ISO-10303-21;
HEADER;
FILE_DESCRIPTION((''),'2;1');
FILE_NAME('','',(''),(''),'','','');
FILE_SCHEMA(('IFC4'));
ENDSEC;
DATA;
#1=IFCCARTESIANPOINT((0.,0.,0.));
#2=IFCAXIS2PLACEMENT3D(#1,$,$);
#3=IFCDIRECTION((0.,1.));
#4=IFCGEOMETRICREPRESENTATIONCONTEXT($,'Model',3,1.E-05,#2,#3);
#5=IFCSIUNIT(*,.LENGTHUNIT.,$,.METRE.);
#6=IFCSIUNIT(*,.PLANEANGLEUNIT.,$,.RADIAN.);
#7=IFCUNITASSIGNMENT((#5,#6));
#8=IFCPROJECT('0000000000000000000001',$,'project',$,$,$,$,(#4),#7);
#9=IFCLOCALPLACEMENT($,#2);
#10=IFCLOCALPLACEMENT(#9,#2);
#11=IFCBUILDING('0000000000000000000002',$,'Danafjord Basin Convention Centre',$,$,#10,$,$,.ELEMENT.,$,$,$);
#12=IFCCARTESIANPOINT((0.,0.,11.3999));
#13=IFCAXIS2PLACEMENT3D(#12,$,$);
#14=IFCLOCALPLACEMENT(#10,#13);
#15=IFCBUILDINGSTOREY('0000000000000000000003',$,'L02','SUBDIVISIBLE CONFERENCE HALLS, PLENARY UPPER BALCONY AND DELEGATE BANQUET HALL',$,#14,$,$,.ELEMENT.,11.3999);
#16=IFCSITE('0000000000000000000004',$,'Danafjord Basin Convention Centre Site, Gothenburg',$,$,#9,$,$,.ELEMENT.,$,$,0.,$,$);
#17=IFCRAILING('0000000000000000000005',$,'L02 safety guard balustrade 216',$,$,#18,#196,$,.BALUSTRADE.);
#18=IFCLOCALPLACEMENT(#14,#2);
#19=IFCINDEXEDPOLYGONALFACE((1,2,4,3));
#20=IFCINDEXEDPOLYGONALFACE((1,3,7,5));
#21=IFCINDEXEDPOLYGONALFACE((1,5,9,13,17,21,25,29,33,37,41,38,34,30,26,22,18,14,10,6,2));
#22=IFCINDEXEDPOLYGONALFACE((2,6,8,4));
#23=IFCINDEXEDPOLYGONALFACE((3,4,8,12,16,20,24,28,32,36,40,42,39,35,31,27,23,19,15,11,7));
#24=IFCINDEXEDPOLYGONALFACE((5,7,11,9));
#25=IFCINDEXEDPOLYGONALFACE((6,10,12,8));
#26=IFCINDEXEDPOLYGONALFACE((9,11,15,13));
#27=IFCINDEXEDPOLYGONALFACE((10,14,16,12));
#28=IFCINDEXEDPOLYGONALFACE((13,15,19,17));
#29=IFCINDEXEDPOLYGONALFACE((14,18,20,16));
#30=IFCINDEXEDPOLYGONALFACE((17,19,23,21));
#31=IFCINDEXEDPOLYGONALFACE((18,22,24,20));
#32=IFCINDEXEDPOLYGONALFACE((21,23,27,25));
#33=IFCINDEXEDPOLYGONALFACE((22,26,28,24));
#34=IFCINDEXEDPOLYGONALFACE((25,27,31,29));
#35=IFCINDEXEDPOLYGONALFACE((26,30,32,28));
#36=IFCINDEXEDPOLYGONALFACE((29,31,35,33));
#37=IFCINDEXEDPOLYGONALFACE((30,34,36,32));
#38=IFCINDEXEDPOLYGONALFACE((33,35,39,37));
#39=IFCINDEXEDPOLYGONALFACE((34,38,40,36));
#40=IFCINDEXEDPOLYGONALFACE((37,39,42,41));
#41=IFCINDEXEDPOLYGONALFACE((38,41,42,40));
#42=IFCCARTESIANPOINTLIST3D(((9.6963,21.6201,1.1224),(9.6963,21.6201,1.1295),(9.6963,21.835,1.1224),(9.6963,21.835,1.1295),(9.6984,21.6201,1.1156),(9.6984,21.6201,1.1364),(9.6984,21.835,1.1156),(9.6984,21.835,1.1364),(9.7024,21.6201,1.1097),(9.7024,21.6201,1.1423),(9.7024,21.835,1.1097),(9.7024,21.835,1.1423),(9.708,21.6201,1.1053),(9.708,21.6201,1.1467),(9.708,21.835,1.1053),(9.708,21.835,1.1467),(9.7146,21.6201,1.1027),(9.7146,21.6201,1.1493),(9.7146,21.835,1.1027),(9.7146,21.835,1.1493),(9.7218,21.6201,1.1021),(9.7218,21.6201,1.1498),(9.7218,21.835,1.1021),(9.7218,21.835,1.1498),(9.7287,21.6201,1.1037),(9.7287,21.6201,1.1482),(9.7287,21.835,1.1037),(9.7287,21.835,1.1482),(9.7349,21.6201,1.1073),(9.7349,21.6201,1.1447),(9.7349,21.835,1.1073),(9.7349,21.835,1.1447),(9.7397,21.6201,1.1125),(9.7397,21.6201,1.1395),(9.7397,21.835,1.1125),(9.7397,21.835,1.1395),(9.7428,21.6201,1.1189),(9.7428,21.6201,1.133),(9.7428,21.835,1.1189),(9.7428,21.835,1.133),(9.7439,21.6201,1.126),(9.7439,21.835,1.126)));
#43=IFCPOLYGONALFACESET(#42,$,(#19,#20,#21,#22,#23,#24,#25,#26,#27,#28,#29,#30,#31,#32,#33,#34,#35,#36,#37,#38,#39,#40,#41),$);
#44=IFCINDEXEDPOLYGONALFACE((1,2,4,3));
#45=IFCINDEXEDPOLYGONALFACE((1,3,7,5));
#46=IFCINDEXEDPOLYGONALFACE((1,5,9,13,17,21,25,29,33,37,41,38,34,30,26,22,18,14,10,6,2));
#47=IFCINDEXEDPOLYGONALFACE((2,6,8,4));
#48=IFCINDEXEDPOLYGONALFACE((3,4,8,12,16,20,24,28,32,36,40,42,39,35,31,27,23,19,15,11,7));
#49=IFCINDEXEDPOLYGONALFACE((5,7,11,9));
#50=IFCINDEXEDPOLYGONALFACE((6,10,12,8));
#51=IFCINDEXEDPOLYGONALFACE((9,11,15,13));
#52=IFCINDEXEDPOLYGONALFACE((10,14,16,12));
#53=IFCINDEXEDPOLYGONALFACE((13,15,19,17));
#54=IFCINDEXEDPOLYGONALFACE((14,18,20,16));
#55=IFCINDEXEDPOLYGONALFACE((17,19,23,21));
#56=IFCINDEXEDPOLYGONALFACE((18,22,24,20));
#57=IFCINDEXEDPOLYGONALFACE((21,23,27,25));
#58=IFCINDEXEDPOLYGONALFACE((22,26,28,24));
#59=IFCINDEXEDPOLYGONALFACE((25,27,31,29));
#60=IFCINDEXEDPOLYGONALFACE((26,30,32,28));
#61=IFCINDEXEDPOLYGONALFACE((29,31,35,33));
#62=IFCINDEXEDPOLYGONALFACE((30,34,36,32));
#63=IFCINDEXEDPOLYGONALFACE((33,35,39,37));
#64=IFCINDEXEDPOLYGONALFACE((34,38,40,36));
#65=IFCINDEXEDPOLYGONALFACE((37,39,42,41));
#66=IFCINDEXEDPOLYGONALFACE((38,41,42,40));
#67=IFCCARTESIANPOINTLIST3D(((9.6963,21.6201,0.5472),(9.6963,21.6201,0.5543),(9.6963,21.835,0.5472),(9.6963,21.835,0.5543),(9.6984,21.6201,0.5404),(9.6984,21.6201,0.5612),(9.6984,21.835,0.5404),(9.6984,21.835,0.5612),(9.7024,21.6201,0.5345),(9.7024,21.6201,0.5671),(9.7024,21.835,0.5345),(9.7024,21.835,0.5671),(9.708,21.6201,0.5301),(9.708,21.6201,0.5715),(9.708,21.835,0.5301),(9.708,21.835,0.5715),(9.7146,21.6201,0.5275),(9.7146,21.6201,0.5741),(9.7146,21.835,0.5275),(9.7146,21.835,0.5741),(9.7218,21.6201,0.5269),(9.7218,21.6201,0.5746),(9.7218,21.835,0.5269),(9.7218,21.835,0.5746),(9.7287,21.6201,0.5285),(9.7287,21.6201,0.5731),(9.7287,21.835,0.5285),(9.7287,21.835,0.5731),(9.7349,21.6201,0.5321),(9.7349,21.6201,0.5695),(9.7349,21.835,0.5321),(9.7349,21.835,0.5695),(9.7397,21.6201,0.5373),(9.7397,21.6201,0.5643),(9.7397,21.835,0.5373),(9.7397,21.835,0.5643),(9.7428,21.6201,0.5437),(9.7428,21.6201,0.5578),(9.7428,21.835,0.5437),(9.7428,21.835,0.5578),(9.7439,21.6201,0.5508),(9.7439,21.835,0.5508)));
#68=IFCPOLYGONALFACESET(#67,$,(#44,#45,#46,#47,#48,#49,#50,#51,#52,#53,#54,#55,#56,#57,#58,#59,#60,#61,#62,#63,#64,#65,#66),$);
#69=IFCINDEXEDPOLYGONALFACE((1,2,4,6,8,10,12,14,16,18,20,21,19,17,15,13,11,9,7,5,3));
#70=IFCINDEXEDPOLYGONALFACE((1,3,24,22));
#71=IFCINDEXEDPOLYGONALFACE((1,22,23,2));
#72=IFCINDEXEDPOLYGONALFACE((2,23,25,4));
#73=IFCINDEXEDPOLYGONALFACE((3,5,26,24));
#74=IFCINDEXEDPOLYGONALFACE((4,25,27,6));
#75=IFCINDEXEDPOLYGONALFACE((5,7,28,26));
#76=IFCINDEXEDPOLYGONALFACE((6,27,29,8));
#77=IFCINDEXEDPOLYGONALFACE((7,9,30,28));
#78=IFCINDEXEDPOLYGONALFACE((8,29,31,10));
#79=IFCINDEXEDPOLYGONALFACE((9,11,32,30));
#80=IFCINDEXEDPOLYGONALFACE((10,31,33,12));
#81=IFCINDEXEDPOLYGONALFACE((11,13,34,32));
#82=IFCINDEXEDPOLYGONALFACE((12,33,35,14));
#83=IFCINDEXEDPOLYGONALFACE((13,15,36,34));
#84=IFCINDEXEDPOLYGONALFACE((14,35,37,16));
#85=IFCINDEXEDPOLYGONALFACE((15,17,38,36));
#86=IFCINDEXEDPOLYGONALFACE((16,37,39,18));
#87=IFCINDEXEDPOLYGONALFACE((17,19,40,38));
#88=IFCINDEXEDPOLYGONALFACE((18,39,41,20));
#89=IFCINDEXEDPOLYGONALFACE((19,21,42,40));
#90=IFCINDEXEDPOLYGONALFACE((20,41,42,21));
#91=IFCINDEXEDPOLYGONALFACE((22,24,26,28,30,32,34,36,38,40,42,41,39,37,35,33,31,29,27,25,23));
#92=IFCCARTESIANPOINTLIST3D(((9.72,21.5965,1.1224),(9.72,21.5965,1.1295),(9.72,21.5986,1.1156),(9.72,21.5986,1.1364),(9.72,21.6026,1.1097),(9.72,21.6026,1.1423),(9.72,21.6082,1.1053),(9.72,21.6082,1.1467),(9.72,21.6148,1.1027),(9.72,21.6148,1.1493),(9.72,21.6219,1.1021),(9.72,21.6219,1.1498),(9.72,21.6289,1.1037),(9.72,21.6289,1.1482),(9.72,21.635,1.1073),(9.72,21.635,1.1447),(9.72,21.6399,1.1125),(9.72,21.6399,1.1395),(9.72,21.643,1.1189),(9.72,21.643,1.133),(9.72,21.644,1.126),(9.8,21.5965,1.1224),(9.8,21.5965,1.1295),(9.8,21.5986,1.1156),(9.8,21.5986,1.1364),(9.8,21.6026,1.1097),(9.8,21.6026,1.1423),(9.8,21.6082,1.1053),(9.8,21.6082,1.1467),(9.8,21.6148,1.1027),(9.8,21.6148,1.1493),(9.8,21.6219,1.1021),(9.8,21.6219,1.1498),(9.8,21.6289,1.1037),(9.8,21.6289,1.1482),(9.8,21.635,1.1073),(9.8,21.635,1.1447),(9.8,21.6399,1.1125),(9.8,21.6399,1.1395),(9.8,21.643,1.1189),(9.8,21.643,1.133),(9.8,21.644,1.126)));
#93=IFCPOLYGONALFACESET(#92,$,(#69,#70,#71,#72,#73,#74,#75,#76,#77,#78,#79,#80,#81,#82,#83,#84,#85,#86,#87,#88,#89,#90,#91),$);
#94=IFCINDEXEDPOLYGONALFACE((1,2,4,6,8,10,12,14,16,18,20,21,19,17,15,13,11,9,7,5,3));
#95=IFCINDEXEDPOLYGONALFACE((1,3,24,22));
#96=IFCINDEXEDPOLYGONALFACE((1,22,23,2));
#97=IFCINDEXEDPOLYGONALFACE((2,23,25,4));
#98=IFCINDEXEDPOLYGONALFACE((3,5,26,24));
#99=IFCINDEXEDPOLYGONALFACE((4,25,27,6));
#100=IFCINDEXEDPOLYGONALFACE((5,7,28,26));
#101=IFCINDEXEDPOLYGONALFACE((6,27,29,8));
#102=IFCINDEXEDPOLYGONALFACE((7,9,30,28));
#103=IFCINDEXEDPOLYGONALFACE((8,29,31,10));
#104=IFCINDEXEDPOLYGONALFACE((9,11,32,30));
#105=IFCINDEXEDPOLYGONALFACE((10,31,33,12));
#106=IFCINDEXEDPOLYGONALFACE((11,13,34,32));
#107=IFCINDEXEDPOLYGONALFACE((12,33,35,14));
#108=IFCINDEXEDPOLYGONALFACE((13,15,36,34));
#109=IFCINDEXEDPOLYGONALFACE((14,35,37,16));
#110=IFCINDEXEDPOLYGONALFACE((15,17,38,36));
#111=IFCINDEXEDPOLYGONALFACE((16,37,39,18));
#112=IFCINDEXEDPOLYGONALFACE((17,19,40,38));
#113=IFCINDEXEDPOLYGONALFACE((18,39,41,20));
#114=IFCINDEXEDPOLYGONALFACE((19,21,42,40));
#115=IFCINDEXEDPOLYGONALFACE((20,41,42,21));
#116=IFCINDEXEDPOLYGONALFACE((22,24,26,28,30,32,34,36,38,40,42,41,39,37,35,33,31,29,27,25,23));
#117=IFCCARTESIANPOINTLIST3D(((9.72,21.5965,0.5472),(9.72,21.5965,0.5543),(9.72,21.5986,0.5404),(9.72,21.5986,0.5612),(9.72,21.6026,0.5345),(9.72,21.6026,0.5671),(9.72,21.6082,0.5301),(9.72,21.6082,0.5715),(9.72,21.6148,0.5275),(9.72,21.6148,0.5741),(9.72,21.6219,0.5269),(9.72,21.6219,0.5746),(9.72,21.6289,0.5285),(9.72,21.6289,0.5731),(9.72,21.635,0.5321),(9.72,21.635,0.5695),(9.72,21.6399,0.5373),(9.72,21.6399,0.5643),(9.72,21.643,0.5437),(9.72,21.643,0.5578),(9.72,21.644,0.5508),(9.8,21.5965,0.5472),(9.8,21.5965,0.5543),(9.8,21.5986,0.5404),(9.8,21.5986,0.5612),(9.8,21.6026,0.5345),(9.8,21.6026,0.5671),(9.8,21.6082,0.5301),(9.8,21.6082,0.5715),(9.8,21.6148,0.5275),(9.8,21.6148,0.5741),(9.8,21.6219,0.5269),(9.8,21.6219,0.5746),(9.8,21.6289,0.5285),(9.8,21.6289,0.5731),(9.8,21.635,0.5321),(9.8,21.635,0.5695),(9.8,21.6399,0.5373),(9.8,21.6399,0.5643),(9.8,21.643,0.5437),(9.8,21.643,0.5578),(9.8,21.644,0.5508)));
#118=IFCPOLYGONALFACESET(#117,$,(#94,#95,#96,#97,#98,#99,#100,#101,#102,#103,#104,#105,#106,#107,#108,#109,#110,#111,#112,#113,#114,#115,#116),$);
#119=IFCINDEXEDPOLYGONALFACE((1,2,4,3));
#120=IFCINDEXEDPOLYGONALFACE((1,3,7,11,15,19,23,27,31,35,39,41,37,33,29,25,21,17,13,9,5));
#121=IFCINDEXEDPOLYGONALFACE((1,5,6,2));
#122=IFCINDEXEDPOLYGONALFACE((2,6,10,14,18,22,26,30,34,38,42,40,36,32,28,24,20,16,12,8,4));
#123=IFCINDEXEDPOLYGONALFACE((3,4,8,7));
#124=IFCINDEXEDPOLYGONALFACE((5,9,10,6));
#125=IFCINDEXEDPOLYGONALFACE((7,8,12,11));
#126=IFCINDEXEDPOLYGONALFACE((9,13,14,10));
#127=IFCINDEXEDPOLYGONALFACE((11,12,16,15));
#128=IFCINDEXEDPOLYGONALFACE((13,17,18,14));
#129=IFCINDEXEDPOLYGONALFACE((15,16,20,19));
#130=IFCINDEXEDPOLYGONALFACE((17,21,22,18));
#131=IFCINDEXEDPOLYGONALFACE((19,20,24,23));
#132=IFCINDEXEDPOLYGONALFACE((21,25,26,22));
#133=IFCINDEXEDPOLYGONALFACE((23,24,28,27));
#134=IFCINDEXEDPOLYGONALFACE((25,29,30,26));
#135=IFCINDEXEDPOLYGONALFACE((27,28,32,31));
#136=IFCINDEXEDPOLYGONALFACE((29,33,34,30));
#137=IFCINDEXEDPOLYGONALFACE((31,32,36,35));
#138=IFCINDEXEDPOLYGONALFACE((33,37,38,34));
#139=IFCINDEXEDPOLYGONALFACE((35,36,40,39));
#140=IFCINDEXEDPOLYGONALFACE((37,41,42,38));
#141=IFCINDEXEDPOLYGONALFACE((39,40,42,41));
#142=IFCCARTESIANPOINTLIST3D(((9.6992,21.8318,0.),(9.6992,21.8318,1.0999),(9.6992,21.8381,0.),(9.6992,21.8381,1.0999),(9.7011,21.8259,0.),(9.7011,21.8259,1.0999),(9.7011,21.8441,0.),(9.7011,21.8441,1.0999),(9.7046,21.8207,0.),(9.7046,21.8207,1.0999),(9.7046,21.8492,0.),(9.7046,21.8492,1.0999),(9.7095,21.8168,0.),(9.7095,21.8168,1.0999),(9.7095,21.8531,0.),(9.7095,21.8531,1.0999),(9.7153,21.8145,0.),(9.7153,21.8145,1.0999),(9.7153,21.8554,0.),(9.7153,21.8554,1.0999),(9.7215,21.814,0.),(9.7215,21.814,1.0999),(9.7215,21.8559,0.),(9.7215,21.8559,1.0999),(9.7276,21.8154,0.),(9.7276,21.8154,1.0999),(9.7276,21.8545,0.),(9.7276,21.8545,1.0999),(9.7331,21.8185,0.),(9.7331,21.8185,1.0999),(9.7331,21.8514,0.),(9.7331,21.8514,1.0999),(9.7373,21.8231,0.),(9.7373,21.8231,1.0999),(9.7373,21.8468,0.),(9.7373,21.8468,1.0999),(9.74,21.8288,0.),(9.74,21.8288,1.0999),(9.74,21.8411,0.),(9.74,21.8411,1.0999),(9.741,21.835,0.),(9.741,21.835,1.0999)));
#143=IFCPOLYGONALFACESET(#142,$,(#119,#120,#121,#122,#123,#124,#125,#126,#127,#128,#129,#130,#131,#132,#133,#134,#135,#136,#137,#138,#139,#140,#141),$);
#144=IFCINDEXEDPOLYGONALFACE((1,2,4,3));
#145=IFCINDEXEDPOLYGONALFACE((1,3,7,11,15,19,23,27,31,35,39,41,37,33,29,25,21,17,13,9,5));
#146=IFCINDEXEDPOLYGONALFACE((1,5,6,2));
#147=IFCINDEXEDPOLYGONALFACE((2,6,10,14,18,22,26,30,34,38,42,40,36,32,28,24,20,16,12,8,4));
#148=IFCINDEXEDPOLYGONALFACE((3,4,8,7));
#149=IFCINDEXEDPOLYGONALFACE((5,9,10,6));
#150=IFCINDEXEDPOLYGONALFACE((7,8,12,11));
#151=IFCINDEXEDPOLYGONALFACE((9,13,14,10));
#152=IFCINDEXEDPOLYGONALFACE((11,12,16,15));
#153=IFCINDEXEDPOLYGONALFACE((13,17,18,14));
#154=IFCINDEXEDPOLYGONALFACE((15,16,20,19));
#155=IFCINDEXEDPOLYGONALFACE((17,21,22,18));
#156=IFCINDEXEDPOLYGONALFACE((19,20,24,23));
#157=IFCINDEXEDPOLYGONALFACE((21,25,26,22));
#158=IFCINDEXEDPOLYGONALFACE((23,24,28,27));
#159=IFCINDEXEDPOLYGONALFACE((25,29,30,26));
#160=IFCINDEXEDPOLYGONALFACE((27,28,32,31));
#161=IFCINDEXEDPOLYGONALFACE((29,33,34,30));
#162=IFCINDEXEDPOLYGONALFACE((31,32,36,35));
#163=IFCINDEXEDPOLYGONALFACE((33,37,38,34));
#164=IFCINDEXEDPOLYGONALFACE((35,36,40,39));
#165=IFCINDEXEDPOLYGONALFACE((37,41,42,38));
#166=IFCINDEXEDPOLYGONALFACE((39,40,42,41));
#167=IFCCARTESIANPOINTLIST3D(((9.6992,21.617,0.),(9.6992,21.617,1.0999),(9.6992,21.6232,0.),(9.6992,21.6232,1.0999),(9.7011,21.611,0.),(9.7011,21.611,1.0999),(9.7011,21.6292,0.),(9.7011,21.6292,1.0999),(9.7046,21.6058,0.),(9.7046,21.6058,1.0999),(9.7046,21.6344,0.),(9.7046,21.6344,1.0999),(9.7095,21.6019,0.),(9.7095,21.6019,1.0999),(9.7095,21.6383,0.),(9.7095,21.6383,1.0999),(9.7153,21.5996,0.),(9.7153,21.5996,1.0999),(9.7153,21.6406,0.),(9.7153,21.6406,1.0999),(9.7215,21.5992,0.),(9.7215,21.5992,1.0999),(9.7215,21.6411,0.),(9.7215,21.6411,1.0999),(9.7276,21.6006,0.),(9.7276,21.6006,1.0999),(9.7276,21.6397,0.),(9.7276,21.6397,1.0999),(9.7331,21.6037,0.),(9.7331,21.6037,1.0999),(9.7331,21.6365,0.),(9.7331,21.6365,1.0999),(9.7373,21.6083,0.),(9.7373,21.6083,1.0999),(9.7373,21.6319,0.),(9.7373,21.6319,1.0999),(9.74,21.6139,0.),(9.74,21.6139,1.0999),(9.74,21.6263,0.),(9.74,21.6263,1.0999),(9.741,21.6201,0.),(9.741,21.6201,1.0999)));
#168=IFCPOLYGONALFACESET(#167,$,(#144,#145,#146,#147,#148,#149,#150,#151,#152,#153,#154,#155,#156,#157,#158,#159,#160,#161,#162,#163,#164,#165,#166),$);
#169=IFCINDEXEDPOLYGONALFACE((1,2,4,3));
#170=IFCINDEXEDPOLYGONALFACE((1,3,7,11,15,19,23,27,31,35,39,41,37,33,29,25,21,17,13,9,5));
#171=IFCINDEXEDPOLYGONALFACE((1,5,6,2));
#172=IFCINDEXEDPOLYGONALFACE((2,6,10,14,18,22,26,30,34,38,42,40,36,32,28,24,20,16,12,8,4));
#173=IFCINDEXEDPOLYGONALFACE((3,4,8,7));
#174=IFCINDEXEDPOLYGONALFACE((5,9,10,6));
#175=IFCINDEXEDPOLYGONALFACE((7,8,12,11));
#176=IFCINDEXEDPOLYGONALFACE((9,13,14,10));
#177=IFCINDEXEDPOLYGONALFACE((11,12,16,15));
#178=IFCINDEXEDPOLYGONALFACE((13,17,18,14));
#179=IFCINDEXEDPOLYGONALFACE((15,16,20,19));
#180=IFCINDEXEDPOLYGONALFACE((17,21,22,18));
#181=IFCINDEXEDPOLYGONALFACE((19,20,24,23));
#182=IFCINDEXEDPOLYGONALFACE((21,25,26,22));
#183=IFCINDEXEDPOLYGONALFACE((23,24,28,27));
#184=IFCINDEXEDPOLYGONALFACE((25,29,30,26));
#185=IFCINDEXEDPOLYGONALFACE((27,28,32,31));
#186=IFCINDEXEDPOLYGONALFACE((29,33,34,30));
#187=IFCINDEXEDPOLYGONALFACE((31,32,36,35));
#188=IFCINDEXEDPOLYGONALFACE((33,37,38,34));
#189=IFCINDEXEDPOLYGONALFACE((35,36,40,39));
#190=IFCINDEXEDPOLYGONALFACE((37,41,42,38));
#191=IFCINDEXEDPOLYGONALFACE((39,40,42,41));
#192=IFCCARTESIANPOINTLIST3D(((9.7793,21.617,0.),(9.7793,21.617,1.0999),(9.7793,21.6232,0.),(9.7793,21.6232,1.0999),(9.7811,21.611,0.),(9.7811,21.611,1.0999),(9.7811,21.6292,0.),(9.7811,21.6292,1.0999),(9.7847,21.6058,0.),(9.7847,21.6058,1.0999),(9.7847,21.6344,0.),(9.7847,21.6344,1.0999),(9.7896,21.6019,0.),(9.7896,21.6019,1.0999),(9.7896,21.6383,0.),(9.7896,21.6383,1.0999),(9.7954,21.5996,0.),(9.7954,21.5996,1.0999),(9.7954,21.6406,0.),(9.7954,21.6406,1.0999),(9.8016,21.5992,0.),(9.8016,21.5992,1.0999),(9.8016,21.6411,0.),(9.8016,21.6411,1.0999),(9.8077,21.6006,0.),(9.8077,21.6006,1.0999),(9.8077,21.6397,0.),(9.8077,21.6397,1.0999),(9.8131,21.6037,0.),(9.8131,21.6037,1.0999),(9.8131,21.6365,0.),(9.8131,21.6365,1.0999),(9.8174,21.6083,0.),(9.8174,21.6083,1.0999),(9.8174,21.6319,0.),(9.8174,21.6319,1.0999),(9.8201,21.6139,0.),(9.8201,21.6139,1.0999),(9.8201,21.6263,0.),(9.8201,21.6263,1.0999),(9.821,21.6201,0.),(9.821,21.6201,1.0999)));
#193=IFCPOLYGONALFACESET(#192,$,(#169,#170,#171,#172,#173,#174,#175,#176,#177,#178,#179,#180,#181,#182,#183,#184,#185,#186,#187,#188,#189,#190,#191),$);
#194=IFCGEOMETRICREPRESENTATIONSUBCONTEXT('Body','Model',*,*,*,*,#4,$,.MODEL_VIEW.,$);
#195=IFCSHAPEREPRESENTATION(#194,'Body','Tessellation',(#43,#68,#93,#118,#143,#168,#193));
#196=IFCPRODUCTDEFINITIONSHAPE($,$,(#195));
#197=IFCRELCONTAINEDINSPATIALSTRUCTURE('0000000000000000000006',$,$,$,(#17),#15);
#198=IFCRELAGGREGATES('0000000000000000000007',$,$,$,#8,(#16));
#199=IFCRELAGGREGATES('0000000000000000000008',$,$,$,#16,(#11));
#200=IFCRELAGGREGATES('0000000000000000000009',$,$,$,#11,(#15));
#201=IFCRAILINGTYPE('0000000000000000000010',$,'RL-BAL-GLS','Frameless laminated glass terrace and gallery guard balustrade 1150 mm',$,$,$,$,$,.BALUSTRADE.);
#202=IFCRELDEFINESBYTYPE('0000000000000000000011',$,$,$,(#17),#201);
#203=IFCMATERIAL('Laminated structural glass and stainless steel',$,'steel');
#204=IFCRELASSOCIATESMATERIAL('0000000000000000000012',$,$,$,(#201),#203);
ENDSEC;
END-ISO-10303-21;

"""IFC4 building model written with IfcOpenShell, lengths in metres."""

from ifc_helpers import new_model, si_unit, direction, frame, origin, origin_2d, place, context, subcontext, project, spatial, circle, extrude, material, type_object, element, save


model = new_model("IFC4")

# Units and contexts
model_context = context("Model", 3, precision=1e-05, world=origin(), true_north=direction((0.0, 1.0)))
body_context = subcontext(model_context, "Body", "Model", "MODEL_VIEW")
ifc_project = project(units=[si_unit("LENGTHUNIT", "METRE"), si_unit("PLANEANGLEUNIT", "RADIAN")], contexts=[model_context])

# Site, building, storey
site_placement = place(None, origin())
site = spatial("IfcSite", under=ifc_project, at=site_placement, Name="Danafjord Basin Convention Centre Site, Gothenburg", CompositionType="ELEMENT", RefElevation=0.0)
building_placement = place(site_placement, origin())
building = spatial("IfcBuilding", under=site, at=building_placement, Name="Danafjord Basin Convention Centre", CompositionType="ELEMENT")
storey_placement = place(building_placement, frame((0.0, 0.0, 11.3999)))
storey = spatial("IfcBuildingStorey", under=building, at=storey_placement, Name="L02", Description="SUBDIVISIBLE CONFERENCE HALLS, PLENARY UPPER BALCONY AND DELEGATE BANQUET HALL", CompositionType="ELEMENT", Elevation=11.3999)

# Railing
ifc_material_1 = material(Name="Laminated structural glass and stainless steel", Category="steel")
railing_type_1 = type_object("IfcRailingType", Name="RL-BAL-GLS", Description="Frameless laminated glass terrace and gallery guard balustrade 1150 mm", PredefinedType="BALUSTRADE", material=ifc_material_1)
railing_1_placement = place(storey_placement, frame((9.72, 21.835, 0.0)))
element("IfcRailing", 1, at=railing_1_placement, inside=storey, type_object=railing_type_1, Name="L02 safety guard balustrade 216", PredefinedType="BALUSTRADE", context=body_context, shape_type="SweptSolid", body=[
    extrude(circle(Radius=0.0239, at=origin_2d()), frame((0.0, 0.0, 1.126), z_axis=(0.0, -1.0, 0.0), x_axis=(1.0, 0.0, 0.0)), (0.0, 0.0, 1.0), 0.2148),
    extrude(circle(Radius=0.0239, at=origin_2d()), frame((0.0, 0.0, 0.5508), z_axis=(0.0, -1.0, 0.0), x_axis=(1.0, 0.0, 0.0)), (0.0, 0.0, 1.0), 0.2148),
    extrude(circle(Radius=0.0239, at=origin_2d()), frame((0.0, -0.2148, 1.126), z_axis=(1.0, 0.0, 0.0), x_axis=(0.0, 1.0, 0.0)), (0.0, 0.0, 1.0), 0.0801),
    extrude(circle(Radius=0.0239, at=origin_2d()), frame((0.0, -0.2148, 0.5508), z_axis=(1.0, 0.0, 0.0), x_axis=(0.0, 1.0, 0.0)), (0.0, 0.0, 1.0), 0.0801),
    extrude(circle(Radius=0.021, at=origin_2d()), origin(), (0.0, 0.0, 1.0), 1.0999),
    extrude(circle(Radius=0.021, at=origin_2d()), frame((0.0, -0.2148, 0.0)), (0.0, 0.0, 1.0), 1.0999),
    extrude(circle(Radius=0.021, at=origin_2d()), frame((0.0801, -0.2148, 0.0)), (0.0, 0.0, 1.0), 1.0999),
])

save(model, "model.ifc")
